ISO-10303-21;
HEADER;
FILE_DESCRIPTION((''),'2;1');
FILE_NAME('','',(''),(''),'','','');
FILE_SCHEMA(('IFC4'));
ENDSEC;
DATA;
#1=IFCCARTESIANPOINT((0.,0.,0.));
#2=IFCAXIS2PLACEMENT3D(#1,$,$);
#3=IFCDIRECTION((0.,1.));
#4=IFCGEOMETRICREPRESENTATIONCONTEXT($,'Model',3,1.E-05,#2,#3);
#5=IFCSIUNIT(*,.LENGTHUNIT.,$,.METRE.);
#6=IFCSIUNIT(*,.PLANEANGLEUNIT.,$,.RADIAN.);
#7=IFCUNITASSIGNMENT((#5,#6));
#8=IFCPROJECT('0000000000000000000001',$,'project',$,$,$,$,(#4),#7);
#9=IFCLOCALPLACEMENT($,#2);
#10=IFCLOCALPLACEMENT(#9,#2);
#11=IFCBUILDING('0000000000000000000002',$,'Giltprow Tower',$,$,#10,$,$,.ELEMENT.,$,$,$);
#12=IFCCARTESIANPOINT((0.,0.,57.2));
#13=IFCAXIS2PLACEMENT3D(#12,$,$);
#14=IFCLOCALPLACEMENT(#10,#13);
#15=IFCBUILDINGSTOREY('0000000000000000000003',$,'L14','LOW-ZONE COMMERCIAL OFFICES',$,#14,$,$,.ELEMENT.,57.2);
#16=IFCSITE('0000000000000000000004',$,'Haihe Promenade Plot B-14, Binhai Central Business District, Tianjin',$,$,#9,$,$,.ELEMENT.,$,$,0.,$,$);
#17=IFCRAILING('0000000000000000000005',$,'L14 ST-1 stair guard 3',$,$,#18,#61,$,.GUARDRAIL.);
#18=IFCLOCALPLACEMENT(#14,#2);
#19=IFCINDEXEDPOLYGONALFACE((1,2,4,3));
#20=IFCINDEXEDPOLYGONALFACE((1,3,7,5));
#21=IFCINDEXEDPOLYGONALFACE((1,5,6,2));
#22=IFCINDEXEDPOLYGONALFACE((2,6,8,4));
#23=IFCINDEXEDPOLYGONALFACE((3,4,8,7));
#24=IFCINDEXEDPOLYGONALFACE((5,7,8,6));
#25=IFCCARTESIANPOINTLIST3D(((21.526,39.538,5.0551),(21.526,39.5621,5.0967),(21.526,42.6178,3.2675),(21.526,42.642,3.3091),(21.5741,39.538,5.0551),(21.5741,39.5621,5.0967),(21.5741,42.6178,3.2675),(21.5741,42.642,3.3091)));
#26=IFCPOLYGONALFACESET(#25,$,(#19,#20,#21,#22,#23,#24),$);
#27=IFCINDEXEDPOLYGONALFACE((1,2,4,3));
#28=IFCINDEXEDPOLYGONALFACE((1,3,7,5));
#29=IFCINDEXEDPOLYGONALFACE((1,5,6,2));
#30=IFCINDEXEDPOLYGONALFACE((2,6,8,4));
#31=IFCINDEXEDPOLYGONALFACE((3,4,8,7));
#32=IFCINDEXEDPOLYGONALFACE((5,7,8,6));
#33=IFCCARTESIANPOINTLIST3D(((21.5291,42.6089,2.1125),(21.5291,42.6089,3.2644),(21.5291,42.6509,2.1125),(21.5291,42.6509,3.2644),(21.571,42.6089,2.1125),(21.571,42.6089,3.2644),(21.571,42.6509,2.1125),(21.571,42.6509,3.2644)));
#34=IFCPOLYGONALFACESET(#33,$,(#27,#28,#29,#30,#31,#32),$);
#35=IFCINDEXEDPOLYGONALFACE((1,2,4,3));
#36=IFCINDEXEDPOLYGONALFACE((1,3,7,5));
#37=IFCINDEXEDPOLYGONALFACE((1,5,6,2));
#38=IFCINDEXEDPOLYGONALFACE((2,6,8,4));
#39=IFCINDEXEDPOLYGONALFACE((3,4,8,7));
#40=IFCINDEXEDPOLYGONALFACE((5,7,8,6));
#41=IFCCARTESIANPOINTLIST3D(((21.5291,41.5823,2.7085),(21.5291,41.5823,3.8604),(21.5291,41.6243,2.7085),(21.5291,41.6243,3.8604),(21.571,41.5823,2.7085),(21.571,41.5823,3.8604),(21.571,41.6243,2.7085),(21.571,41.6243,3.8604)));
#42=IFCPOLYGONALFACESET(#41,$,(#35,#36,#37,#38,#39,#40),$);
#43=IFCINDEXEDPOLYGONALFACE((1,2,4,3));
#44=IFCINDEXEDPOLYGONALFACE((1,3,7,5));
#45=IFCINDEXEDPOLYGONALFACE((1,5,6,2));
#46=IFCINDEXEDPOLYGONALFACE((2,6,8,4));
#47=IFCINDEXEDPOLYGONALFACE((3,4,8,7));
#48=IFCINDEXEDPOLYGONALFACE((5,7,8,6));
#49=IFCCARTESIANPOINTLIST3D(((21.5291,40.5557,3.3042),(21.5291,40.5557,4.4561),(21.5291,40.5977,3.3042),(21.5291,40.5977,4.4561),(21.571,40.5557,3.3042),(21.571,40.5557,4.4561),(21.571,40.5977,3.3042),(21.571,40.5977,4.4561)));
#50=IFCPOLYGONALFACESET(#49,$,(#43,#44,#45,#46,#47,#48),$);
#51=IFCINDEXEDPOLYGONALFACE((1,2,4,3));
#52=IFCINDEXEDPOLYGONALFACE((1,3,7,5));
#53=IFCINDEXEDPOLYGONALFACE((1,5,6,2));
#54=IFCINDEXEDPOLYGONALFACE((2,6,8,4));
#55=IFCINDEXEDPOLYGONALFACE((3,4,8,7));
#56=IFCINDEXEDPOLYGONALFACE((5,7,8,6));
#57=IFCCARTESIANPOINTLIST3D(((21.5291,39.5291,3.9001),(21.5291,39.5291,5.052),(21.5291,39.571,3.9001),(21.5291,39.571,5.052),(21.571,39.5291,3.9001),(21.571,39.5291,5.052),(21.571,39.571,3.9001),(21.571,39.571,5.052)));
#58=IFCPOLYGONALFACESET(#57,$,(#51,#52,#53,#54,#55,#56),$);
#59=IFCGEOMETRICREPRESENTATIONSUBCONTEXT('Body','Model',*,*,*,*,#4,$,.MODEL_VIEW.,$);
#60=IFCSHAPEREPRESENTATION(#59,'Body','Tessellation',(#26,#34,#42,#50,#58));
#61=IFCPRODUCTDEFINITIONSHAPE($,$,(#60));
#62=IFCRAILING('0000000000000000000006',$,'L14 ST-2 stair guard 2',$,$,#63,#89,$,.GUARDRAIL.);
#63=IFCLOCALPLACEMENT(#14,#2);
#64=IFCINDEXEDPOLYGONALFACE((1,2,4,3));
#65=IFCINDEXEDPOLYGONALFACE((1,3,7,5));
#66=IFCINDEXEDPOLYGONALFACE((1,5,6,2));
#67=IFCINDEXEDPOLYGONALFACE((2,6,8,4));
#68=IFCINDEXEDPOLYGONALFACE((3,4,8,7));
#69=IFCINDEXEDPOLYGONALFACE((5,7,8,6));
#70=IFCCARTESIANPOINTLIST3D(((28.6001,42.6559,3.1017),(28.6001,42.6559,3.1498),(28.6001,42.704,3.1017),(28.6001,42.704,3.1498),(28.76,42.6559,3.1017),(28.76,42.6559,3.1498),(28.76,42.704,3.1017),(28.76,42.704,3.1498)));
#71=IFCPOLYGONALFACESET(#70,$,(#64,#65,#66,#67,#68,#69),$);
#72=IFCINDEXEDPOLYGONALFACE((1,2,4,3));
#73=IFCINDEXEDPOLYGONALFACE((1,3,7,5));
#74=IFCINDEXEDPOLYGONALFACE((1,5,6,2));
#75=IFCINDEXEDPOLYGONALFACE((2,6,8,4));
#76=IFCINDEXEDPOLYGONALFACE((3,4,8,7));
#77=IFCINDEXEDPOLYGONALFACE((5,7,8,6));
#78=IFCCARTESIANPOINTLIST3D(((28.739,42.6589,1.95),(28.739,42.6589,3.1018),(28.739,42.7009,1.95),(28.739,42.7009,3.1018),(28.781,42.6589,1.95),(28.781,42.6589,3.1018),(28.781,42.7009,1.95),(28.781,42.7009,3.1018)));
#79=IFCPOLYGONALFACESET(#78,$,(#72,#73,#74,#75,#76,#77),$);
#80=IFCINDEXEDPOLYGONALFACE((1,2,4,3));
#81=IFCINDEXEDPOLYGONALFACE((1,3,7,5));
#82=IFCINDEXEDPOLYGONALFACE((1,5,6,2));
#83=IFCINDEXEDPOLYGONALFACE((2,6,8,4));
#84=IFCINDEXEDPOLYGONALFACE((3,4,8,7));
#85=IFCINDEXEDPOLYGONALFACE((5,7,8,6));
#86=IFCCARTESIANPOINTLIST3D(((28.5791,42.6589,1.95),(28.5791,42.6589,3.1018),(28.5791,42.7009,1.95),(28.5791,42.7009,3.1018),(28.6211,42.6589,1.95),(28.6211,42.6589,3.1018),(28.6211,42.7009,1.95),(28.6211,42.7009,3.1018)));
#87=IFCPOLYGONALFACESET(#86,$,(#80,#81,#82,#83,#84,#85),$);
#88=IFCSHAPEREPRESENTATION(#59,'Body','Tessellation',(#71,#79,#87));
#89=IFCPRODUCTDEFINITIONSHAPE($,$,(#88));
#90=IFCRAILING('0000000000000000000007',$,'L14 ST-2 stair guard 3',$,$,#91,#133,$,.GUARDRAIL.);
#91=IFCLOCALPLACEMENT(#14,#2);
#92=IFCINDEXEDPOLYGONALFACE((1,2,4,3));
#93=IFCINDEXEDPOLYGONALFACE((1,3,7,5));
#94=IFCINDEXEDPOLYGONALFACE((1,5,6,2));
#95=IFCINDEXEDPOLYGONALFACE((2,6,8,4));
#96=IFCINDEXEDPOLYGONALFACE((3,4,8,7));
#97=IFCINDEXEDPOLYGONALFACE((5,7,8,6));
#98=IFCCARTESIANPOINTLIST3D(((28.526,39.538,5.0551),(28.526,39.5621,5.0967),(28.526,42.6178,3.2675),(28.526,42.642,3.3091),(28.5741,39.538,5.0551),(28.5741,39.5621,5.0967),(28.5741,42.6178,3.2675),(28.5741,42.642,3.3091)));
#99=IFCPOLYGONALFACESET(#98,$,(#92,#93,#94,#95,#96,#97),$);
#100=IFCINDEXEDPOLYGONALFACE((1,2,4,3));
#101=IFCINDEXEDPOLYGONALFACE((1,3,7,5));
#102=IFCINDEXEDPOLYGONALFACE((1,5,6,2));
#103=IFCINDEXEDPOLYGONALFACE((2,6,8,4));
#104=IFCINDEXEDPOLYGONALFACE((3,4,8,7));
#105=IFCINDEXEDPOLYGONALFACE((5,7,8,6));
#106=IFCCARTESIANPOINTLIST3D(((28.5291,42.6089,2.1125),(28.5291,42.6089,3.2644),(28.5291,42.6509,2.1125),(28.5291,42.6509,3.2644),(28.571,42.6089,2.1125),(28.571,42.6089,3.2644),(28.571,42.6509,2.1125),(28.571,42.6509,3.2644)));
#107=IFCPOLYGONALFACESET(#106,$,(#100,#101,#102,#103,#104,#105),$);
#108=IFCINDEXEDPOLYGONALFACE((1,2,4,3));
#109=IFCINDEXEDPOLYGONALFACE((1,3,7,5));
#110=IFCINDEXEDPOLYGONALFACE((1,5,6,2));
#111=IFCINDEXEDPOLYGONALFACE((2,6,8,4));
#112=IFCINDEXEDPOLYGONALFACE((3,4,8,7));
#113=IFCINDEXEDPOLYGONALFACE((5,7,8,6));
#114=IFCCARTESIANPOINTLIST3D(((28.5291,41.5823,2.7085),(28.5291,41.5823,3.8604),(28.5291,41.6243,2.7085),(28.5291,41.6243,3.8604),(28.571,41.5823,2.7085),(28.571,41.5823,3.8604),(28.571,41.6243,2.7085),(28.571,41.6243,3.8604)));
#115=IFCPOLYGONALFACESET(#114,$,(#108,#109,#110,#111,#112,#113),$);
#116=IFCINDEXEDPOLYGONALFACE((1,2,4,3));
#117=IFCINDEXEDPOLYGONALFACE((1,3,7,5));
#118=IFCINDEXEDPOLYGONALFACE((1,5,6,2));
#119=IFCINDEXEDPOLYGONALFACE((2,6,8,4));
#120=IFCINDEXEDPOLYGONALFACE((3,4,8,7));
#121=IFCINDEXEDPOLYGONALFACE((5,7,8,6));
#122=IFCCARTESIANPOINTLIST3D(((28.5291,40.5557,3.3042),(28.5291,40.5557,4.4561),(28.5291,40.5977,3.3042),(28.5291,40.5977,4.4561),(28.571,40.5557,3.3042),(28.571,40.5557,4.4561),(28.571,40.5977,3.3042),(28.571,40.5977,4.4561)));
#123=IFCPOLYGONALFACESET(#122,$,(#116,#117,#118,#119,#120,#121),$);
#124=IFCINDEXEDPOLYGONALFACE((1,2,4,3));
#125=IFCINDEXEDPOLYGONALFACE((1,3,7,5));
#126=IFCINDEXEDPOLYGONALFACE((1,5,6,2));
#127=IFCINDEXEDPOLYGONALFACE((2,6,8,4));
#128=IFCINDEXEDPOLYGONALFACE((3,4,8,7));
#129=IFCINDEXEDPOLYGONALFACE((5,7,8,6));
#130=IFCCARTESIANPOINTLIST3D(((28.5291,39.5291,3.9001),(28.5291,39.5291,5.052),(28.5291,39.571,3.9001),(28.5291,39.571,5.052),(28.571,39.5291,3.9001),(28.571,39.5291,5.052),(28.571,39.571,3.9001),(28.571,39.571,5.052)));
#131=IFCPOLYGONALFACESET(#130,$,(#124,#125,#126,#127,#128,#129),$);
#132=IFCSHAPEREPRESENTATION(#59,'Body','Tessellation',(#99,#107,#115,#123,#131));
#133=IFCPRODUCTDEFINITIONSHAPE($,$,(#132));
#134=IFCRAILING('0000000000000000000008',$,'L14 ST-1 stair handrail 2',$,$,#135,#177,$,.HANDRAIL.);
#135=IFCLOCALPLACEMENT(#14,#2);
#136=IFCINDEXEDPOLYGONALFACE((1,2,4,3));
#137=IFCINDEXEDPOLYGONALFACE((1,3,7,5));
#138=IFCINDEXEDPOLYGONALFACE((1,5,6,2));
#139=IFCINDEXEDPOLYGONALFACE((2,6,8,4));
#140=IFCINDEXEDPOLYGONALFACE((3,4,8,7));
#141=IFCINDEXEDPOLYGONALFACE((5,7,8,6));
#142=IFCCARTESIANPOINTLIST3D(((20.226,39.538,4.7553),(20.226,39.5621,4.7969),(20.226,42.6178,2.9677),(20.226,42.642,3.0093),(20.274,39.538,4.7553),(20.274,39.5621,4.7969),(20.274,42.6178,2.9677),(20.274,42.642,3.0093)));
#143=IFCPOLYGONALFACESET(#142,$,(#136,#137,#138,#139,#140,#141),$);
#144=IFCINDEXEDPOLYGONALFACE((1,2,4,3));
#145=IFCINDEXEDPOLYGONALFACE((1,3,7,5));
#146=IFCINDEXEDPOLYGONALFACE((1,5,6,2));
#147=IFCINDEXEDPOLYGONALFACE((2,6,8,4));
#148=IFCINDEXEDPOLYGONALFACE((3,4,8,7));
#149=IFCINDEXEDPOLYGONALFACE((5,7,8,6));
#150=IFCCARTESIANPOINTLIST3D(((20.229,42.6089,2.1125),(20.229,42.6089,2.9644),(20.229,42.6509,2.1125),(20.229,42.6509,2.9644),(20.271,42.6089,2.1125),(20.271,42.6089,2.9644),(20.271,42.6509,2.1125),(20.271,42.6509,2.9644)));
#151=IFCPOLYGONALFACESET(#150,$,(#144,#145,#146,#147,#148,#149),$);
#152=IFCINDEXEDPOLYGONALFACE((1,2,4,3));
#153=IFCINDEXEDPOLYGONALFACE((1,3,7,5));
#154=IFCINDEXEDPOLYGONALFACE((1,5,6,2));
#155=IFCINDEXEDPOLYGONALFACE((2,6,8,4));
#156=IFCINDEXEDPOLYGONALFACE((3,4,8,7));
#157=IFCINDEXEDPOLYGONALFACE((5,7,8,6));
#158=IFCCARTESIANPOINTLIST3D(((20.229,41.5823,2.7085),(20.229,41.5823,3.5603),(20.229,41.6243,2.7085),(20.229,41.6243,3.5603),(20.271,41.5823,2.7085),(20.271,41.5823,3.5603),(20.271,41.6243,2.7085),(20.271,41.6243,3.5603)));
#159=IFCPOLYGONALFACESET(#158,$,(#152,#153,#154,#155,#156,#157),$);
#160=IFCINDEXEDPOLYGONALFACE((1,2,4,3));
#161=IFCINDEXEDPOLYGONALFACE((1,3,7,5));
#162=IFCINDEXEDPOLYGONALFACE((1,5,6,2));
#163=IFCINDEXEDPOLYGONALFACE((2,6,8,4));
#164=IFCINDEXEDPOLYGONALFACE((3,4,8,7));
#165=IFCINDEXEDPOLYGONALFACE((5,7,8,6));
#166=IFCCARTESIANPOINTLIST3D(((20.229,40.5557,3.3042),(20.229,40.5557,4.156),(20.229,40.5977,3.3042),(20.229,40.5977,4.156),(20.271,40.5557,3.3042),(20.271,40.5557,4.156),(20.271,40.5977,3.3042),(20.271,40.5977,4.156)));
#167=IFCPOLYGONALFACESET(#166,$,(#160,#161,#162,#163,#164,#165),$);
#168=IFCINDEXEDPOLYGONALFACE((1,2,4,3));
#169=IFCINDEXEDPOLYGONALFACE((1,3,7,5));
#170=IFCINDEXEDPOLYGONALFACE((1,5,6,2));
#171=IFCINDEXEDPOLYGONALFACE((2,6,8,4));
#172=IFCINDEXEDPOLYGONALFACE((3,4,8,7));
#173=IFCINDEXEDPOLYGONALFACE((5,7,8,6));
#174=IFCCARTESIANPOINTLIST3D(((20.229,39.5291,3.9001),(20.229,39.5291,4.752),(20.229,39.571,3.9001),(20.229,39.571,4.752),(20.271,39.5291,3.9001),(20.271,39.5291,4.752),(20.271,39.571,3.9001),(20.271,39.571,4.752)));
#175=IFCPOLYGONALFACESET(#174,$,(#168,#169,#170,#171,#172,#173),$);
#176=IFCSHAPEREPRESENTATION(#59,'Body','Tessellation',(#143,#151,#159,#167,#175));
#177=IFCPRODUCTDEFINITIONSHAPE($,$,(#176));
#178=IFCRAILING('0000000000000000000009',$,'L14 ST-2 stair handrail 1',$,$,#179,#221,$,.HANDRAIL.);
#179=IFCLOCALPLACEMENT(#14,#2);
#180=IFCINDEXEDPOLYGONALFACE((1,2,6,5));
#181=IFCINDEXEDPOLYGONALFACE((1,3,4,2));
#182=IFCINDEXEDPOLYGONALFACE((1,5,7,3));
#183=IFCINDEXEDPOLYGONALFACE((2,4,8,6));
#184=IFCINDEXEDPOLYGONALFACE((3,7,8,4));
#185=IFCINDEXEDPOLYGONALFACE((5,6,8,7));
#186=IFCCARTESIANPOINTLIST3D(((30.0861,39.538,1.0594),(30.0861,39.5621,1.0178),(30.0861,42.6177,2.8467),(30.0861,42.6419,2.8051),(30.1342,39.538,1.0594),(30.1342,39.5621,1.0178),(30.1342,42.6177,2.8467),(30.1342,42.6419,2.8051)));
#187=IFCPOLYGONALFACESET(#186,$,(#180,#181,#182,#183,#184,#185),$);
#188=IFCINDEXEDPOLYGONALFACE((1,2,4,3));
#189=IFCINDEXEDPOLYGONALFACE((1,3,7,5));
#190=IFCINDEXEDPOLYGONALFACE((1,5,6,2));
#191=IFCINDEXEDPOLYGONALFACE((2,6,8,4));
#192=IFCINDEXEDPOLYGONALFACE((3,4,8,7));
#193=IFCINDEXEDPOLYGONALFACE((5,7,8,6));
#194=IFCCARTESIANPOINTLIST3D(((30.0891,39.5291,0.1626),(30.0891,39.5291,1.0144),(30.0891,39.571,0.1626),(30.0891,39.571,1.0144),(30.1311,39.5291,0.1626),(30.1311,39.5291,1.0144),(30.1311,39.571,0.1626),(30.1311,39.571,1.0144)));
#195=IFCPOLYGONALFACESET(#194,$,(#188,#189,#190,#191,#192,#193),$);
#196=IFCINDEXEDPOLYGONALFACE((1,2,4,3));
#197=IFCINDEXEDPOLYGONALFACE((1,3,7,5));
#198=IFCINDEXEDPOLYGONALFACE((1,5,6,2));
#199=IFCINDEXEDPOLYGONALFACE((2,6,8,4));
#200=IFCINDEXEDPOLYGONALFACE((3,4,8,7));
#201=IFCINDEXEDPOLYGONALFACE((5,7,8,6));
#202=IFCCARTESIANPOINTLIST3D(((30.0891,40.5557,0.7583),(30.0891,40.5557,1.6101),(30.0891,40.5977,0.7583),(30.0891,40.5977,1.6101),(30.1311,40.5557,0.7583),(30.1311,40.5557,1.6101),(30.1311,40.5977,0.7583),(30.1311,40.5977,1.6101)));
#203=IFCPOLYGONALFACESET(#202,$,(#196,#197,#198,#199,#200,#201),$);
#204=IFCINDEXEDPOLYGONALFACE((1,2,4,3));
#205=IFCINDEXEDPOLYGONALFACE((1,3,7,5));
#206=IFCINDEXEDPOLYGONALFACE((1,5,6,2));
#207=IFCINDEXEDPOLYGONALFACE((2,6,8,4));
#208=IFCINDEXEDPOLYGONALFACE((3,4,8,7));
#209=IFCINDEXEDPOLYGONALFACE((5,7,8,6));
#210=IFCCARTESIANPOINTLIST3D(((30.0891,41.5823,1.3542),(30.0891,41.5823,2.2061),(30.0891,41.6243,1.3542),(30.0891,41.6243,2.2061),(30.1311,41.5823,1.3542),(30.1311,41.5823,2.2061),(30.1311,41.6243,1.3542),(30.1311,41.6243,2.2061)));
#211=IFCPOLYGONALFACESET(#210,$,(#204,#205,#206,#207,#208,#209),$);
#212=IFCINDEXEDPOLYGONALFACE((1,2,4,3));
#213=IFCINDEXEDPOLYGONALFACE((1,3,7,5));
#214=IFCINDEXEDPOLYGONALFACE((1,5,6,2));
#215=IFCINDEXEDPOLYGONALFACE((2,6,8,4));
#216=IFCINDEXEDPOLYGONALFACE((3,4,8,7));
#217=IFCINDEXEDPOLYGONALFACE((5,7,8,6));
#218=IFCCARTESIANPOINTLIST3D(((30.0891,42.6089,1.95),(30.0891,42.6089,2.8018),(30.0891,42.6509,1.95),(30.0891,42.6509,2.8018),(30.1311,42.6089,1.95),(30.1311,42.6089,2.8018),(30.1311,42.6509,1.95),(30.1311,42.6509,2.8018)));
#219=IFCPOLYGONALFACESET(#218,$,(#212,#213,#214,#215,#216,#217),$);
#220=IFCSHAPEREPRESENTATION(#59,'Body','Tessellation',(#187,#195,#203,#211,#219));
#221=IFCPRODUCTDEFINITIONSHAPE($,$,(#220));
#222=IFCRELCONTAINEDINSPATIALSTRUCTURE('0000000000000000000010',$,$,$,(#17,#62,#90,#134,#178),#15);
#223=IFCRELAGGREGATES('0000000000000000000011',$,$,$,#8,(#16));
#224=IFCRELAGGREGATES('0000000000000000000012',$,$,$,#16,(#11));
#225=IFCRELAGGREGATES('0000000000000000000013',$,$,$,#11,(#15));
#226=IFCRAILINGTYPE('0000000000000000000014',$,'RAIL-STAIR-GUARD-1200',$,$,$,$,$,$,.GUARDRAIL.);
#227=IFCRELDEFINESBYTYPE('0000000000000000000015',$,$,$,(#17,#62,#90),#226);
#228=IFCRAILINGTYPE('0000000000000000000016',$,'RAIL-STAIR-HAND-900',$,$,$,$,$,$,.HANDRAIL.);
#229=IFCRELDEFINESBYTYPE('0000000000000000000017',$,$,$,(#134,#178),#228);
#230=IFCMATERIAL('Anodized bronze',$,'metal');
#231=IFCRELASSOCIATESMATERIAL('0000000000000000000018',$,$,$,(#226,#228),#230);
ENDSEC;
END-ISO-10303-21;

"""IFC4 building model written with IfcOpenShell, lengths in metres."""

from ifc_helpers import new_model, si_unit, direction, frame, origin, origin_2d, place, context, subcontext, project, spatial, rectangle, extrude, material, type_object, element, save


model = new_model("IFC4")

# Units and contexts
model_context = context("Model", 3, precision=1e-05, world=origin(), true_north=direction((0.0, 1.0)))
body_context = subcontext(model_context, "Body", "Model", "MODEL_VIEW")
ifc_project = project(units=[si_unit("LENGTHUNIT", "METRE"), si_unit("PLANEANGLEUNIT", "RADIAN")], contexts=[model_context])

# Site, building, storey
site_placement = place(None, origin())
site = spatial("IfcSite", under=ifc_project, at=site_placement, Name="Haihe Promenade Plot B-14, Binhai Central Business District, Tianjin", CompositionType="ELEMENT", RefElevation=0.0)
building_placement = place(site_placement, origin())
building = spatial("IfcBuilding", under=site, at=building_placement, Name="Giltprow Tower", CompositionType="ELEMENT")
storey_placement = place(building_placement, frame((0.0, 0.0, 57.2)))
storey = spatial("IfcBuildingStorey", under=building, at=storey_placement, Name="L14", Description="LOW-ZONE COMMERCIAL OFFICES", CompositionType="ELEMENT", Elevation=57.2)

# Railings
ifc_material_1 = material(Name="Anodized bronze", Category="metal")
railing_type_1 = type_object("IfcRailingType", Name="RAIL-STAIR-GUARD-1200", PredefinedType="GUARDRAIL", material=ifc_material_1)
railing_1_placement = place(storey_placement, frame((21.55, 42.6299, 2.1125)))
element("IfcRailing", 1, at=railing_1_placement, inside=storey, type_object=railing_type_1, Name="L14 ST-1 stair guard 3", PredefinedType="GUARDRAIL", context=body_context, shape_type="SweptSolid", body=[
    extrude(rectangle(XDim=0.0481, YDim=0.0481, at=origin_2d()), frame((0.0, 0.0, 1.1758), z_axis=(0.0, -0.864873, 0.50199), x_axis=(1.0, 0.0, 0.0)), (0.0, 0.0, 1.0), 3.561),
    extrude(rectangle(XDim=0.042, YDim=0.042, at=origin_2d()), origin(), (0.0, 0.0, 1.0), 1.1519),
    extrude(rectangle(XDim=0.042, YDim=0.042, at=origin_2d()), frame((0.0, -1.0266, 0.5959)), (0.0, 0.0, 1.0), 1.1519),
    extrude(rectangle(XDim=0.042, YDim=0.042, at=origin_2d()), frame((0.0, -2.0532, 1.1917)), (0.0, 0.0, 1.0), 1.1519),
    extrude(rectangle(XDim=0.042, YDim=0.042, at=origin_2d()), frame((0.0, -3.0798, 1.7876)), (0.0, 0.0, 1.0), 1.1519),
])
railing_2_placement = place(storey_placement, frame((28.76, 42.6799, 1.95)))
element("IfcRailing", 2, at=railing_2_placement, inside=storey, type_object=railing_type_1, Name="L14 ST-2 stair guard 2", PredefinedType="GUARDRAIL", context=body_context, shape_type="SweptSolid", body=[
    extrude(rectangle(XDim=0.0481, YDim=0.0481, at=origin_2d()), frame((0.0, 0.0, 1.1758), z_axis=(-1.0, 0.0, 0.0), x_axis=(0.0, -1.0, 0.0)), (0.0, 0.0, 1.0), 0.1599),
    extrude(rectangle(XDim=0.042, YDim=0.042, at=origin_2d()), origin(), (0.0, 0.0, 1.0), 1.1519),
    extrude(rectangle(XDim=0.042, YDim=0.042, at=origin_2d()), frame((-0.1599, 0.0, 0.0)), (0.0, 0.0, 1.0), 1.1519),
])
railing_3_placement = place(storey_placement, frame((28.55, 42.6299, 2.1125)))
element("IfcRailing", 3, at=railing_3_placement, inside=storey, type_object=railing_type_1, Name="L14 ST-2 stair guard 3", PredefinedType="GUARDRAIL", context=body_context, shape_type="SweptSolid", body=[
    extrude(rectangle(XDim=0.0481, YDim=0.0481, at=origin_2d()), frame((0.0, 0.0, 1.1758), z_axis=(0.0, -0.864873, 0.50199), x_axis=(1.0, 0.0, 0.0)), (0.0, 0.0, 1.0), 3.561),
    extrude(rectangle(XDim=0.042, YDim=0.042, at=origin_2d()), origin(), (0.0, 0.0, 1.0), 1.1519),
    extrude(rectangle(XDim=0.042, YDim=0.042, at=origin_2d()), frame((0.0, -1.0266, 0.5959)), (0.0, 0.0, 1.0), 1.1519),
    extrude(rectangle(XDim=0.042, YDim=0.042, at=origin_2d()), frame((0.0, -2.0532, 1.1917)), (0.0, 0.0, 1.0), 1.1519),
    extrude(rectangle(XDim=0.042, YDim=0.042, at=origin_2d()), frame((0.0, -3.0798, 1.7876)), (0.0, 0.0, 1.0), 1.1519),
])
railing_type_2 = type_object("IfcRailingType", Name="RAIL-STAIR-HAND-900", PredefinedType="HANDRAIL", material=ifc_material_1)
railing_4_placement = place(storey_placement, frame((20.25, 42.6299, 2.1125)))
element("IfcRailing", 4, at=railing_4_placement, inside=storey, type_object=railing_type_2, Name="L14 ST-1 stair handrail 2", PredefinedType="HANDRAIL", context=body_context, shape_type="SweptSolid", body=[
    extrude(rectangle(XDim=0.0481, YDim=0.0481, at=origin_2d()), frame((0.0, 0.0, 0.876), z_axis=(0.0, -0.864873, 0.50199), x_axis=(1.0, 0.0, 0.0)), (0.0, 0.0, 1.0), 3.561),
    extrude(rectangle(XDim=0.042, YDim=0.042, at=origin_2d()), origin(), (0.0, 0.0, 1.0), 0.8518),
    extrude(rectangle(XDim=0.042, YDim=0.042, at=origin_2d()), frame((0.0, -1.0266, 0.5959)), (0.0, 0.0, 1.0), 0.8518),
    extrude(rectangle(XDim=0.042, YDim=0.042, at=origin_2d()), frame((0.0, -2.0532, 1.1917)), (0.0, 0.0, 1.0), 0.8518),
    extrude(rectangle(XDim=0.042, YDim=0.042, at=origin_2d()), frame((0.0, -3.0798, 1.7876)), (0.0, 0.0, 1.0), 0.8518),
])
railing_5_placement = place(storey_placement, frame((30.1101, 39.55, 0.1626)))
element("IfcRailing", 5, at=railing_5_placement, inside=storey, type_object=railing_type_2, Name="L14 ST-2 stair handrail 1", PredefinedType="HANDRAIL", context=body_context, shape_type="SweptSolid", body=[
    extrude(rectangle(XDim=0.0481, YDim=0.0481, at=origin_2d()), frame((0.0, 0.0, 0.876), z_axis=(0.0, 0.864903, 0.501939), x_axis=(-1.0, 0.0, 0.0)), (0.0, 0.0, 1.0), 3.5608),
    extrude(rectangle(XDim=0.042, YDim=0.042, at=origin_2d()), origin(), (0.0, 0.0, 1.0), 0.8518),
    extrude(rectangle(XDim=0.042, YDim=0.042, at=origin_2d()), frame((0.0, 1.0266, 0.5957)), (0.0, 0.0, 1.0), 0.8518),
    extrude(rectangle(XDim=0.042, YDim=0.042, at=origin_2d()), frame((0.0, 2.0532, 1.1917)), (0.0, 0.0, 1.0), 0.8518),
    extrude(rectangle(XDim=0.042, YDim=0.042, at=origin_2d()), frame((0.0, 3.0798, 1.7874)), (0.0, 0.0, 1.0), 0.8518),
])

save(model, "model.ifc")
